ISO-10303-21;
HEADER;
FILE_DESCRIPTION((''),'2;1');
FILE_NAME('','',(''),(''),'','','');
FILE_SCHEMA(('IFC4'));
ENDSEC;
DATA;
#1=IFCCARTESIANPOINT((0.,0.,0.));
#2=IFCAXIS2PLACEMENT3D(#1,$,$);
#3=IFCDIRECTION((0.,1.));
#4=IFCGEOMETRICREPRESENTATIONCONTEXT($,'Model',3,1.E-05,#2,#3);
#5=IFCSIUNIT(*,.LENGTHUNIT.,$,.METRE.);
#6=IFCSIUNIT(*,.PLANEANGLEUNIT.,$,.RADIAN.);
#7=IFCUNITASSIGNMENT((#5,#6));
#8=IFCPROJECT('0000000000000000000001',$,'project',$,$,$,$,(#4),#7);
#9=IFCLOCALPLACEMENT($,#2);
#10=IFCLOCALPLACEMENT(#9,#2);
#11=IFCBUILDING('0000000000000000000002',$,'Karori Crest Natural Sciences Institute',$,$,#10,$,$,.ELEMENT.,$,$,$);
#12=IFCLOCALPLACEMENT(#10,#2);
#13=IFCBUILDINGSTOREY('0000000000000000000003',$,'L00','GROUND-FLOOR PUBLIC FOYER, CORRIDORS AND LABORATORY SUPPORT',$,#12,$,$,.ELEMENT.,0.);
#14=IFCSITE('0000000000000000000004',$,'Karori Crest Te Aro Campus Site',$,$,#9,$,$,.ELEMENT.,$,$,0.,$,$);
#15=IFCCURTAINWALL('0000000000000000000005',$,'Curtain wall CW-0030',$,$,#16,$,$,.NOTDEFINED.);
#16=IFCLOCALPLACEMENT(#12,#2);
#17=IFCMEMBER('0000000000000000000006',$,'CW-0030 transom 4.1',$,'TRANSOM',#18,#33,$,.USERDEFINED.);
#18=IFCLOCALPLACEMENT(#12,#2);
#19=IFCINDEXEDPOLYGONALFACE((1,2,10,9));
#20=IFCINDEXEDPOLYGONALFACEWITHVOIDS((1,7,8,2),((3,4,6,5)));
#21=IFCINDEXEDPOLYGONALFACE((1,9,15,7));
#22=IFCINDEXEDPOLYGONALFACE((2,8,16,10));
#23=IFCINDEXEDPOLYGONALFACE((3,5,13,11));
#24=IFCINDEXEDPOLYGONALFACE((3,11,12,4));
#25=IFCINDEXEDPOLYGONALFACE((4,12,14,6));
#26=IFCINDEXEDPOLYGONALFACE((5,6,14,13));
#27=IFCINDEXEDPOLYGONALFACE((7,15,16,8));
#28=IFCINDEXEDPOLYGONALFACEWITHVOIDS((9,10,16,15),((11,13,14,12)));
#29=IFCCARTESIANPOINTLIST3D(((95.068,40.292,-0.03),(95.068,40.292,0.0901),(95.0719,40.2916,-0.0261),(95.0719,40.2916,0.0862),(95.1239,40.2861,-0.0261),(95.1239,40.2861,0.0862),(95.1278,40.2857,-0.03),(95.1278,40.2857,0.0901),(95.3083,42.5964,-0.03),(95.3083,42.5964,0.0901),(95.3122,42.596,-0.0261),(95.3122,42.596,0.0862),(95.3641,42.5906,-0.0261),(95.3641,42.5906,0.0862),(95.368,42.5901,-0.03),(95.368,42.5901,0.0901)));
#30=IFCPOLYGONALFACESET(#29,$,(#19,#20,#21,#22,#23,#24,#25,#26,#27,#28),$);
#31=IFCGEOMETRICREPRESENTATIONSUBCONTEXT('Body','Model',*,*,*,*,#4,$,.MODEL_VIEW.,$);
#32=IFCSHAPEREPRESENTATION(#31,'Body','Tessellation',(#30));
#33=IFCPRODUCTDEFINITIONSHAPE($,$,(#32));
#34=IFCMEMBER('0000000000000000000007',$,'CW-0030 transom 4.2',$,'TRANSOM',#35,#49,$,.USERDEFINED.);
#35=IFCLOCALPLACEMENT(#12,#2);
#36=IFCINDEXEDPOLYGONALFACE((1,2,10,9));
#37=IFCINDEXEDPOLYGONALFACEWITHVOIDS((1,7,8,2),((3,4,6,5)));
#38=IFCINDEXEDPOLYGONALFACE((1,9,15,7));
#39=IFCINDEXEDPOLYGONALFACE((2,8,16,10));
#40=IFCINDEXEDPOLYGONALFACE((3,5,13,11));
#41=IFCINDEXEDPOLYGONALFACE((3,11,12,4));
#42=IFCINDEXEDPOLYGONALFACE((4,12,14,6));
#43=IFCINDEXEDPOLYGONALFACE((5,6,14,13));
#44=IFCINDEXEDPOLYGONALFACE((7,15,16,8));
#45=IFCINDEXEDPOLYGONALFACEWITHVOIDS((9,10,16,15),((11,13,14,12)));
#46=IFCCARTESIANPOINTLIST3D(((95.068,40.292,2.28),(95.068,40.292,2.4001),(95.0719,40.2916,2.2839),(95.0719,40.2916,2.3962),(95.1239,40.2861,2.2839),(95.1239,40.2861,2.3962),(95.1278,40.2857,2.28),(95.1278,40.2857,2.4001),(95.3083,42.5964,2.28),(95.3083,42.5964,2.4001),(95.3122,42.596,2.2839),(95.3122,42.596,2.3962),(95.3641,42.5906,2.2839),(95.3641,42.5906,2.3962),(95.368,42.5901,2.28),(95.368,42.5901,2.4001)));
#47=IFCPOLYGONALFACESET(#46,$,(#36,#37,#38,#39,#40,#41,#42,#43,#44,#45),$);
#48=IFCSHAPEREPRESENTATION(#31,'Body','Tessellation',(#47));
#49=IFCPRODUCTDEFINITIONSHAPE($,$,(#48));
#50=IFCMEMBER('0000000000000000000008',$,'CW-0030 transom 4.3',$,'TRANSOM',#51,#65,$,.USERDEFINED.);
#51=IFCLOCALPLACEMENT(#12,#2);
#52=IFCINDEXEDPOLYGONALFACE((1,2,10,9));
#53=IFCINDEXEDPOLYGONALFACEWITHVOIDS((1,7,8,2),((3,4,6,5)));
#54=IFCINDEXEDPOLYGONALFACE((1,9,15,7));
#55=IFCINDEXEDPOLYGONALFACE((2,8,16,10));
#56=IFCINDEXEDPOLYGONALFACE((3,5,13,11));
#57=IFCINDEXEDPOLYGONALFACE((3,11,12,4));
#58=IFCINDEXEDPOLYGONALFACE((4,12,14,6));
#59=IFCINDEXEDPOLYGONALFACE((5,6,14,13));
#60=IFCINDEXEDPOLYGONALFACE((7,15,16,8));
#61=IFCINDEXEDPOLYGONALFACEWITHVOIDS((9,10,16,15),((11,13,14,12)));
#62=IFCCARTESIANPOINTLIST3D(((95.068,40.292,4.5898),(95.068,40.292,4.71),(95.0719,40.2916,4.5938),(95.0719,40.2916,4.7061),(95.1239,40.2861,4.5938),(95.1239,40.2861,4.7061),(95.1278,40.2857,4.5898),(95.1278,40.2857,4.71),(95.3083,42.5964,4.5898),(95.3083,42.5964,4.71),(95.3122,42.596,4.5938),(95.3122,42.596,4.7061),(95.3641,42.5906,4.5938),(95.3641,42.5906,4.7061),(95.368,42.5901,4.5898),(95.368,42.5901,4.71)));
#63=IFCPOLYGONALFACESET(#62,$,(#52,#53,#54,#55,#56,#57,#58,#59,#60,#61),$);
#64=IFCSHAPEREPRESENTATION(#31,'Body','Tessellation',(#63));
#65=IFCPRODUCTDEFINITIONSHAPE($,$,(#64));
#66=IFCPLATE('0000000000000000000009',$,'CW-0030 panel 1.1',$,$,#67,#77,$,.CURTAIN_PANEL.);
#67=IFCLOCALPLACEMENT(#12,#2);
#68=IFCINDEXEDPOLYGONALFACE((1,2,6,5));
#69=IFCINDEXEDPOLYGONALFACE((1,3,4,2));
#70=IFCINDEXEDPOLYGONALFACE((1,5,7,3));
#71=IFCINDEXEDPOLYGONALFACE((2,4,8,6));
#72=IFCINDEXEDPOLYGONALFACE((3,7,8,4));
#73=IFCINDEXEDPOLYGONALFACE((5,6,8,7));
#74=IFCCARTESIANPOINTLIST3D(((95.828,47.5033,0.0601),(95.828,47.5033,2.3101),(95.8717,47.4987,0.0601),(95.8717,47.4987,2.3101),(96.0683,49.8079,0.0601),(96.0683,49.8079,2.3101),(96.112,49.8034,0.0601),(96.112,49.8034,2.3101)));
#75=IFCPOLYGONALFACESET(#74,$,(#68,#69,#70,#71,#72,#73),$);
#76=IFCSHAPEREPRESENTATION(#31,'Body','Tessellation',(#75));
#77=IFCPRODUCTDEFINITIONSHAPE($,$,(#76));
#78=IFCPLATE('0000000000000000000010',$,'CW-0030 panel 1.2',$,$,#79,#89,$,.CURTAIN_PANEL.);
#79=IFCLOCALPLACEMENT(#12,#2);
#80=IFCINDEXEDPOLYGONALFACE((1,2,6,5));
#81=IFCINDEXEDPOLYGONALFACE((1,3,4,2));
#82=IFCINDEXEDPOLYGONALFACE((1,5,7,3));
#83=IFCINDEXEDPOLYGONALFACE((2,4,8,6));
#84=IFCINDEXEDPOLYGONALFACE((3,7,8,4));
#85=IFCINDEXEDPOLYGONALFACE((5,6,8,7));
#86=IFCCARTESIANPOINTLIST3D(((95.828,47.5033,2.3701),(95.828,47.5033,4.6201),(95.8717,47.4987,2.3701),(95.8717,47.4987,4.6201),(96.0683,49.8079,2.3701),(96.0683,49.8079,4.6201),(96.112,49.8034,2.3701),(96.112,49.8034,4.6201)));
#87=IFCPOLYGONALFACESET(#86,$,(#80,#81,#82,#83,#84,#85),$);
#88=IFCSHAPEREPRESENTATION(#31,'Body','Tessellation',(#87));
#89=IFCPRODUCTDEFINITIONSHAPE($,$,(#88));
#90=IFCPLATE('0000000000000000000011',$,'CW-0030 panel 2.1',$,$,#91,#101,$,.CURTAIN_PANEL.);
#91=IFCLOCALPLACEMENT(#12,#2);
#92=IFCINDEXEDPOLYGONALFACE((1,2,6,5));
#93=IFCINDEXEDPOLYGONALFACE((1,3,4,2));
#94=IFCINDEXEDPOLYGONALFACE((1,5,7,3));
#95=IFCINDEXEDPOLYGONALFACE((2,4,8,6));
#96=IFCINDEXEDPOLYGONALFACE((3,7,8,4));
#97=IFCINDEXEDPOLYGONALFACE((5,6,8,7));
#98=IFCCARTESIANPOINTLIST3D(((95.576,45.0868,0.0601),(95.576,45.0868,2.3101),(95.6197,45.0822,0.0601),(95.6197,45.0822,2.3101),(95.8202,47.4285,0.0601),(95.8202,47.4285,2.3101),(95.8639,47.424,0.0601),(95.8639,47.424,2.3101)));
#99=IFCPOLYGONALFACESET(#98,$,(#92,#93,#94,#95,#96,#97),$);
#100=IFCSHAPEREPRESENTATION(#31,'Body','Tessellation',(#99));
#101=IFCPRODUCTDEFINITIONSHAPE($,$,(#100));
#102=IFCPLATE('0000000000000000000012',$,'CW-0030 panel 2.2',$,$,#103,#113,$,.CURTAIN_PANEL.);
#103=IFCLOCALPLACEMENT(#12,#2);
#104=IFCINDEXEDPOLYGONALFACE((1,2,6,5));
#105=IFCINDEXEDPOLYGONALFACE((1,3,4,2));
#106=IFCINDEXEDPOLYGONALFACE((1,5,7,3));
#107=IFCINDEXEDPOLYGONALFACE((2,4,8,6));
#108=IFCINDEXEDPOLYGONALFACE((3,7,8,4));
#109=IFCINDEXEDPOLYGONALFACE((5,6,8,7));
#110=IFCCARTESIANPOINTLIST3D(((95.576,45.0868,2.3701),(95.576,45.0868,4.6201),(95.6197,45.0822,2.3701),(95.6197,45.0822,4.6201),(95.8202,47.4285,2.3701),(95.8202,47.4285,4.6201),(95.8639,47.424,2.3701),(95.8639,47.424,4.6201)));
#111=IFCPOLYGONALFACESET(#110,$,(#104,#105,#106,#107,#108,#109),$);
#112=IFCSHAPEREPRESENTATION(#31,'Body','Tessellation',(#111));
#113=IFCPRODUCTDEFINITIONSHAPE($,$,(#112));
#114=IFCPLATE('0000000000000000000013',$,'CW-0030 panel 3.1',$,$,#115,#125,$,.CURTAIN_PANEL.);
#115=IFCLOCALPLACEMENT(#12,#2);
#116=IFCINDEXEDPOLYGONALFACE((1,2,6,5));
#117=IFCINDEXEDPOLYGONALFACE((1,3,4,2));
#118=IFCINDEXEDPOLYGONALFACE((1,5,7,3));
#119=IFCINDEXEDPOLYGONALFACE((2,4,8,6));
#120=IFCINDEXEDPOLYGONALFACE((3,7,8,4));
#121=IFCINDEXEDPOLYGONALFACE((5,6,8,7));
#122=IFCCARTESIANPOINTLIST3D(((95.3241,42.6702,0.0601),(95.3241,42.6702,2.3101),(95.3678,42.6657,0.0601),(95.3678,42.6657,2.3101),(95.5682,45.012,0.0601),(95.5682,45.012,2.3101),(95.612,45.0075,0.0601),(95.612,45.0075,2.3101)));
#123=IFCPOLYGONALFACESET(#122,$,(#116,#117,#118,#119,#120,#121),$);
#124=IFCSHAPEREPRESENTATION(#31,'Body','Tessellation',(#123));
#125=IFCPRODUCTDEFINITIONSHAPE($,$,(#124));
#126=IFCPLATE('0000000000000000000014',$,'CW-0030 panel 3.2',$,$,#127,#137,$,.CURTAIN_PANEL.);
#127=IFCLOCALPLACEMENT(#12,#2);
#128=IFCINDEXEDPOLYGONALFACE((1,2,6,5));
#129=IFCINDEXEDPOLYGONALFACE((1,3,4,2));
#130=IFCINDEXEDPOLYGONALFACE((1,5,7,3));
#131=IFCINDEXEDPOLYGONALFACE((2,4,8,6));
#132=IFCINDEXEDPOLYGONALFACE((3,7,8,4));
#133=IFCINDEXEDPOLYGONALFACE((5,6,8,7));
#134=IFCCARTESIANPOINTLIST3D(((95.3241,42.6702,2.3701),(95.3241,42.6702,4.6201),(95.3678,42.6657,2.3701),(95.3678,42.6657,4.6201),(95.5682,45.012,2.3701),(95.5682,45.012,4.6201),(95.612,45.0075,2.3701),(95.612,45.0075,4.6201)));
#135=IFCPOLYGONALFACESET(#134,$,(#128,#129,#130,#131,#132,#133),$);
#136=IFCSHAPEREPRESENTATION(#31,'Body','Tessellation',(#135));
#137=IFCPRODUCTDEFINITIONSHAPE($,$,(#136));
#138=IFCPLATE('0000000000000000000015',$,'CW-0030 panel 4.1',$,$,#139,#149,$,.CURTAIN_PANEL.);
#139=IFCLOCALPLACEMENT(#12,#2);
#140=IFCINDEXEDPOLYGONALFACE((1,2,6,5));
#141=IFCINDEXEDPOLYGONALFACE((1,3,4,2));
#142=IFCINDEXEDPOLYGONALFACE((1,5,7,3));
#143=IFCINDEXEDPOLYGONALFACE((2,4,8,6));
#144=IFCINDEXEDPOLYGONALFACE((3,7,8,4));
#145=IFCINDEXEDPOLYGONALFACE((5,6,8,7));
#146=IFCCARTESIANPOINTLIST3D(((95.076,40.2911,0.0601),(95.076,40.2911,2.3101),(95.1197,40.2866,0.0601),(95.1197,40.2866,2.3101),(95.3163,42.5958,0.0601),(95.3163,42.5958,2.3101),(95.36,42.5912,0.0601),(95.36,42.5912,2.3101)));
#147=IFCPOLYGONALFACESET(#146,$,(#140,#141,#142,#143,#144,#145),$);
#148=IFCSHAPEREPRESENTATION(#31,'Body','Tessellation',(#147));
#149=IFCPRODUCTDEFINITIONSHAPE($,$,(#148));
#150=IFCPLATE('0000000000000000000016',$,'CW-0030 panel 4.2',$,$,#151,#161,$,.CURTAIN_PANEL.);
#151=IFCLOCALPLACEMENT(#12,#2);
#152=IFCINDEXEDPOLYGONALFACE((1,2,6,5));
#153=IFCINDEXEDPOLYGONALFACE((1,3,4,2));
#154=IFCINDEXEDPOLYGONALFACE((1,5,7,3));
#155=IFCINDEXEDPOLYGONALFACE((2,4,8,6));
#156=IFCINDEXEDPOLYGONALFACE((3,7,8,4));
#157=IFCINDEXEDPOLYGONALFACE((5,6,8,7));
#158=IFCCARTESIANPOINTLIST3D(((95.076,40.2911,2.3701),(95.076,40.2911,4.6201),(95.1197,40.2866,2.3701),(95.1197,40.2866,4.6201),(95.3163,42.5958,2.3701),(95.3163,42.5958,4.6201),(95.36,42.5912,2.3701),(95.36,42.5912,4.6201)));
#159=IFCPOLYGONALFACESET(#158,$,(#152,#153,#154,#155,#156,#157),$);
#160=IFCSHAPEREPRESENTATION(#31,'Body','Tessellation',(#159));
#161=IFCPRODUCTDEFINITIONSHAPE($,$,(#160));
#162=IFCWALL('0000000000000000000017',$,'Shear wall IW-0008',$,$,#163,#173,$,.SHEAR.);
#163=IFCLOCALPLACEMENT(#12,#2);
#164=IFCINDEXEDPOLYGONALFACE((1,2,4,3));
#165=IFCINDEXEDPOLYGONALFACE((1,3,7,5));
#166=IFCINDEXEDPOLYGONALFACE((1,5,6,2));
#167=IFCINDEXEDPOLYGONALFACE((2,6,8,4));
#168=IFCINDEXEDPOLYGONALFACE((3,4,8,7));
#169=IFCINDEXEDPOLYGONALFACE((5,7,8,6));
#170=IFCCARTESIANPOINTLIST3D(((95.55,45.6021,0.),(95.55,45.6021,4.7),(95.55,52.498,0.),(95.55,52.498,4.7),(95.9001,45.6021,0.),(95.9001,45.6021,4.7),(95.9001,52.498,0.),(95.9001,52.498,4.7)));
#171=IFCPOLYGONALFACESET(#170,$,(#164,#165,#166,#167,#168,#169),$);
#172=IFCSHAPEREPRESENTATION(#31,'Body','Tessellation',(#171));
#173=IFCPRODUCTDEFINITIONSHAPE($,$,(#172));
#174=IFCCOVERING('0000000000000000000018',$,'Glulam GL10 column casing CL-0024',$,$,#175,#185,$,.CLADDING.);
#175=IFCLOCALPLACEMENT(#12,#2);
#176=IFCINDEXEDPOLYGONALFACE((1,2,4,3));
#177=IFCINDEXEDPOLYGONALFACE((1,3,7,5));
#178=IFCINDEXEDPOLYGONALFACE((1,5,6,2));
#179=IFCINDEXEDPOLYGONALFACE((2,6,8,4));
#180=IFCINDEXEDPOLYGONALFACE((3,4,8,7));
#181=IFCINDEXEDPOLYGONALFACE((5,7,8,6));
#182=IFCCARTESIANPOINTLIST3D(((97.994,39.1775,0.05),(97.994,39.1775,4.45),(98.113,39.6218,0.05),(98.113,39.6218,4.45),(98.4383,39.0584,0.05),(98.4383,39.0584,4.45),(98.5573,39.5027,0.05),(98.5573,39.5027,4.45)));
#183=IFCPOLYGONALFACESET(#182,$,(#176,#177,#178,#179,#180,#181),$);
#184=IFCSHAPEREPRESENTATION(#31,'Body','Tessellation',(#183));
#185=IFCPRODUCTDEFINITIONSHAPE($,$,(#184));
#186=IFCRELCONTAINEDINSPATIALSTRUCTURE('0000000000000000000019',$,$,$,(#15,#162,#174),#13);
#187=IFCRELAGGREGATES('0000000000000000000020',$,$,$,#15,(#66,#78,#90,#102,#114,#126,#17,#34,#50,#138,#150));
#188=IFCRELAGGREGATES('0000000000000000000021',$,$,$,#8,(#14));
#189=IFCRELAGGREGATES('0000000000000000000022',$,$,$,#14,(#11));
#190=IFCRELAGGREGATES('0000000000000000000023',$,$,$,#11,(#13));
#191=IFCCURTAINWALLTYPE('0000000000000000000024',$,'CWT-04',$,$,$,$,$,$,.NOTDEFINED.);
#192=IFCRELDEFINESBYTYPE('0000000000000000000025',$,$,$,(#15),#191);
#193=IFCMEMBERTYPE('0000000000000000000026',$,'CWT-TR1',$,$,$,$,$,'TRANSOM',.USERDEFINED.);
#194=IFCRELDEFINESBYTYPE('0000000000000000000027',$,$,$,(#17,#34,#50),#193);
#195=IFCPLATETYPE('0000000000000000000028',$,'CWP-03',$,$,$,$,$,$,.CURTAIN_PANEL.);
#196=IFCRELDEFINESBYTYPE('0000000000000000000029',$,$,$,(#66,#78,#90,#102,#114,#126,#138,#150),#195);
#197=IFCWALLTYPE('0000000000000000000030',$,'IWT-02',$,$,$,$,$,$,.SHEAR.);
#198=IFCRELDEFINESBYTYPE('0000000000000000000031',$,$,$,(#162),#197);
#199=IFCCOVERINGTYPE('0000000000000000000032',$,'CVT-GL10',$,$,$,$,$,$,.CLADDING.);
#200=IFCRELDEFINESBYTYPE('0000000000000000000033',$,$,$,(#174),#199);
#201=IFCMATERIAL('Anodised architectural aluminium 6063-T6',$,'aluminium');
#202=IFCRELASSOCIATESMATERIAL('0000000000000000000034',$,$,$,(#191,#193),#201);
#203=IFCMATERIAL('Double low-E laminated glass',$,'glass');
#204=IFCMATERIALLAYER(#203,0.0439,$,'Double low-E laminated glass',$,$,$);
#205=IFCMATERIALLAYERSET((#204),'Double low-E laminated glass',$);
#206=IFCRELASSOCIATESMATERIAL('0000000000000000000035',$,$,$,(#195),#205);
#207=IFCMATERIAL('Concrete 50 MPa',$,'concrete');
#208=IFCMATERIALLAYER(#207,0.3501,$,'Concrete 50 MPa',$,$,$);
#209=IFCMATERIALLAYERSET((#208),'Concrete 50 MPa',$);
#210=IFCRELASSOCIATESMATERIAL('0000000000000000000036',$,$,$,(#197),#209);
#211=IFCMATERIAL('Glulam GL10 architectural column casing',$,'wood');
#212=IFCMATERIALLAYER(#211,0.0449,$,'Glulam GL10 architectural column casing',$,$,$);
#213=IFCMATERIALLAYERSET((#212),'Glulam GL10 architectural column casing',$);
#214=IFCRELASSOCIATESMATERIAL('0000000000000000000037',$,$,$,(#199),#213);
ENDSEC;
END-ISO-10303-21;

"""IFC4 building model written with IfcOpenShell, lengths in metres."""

from ifc_helpers import new_model, si_unit, direction, frame, frame_2d, origin, origin_2d, place, context, subcontext, project, spatial, rectangle, hollow_rectangle, extrude, material, layer, layer_set, material_profile, profile_set, type_object, element, aggregate, save


model = new_model("IFC4")

# Units and contexts
model_context = context("Model", 3, precision=1e-05, world=origin(), true_north=direction((0.0, 1.0)))
body_context = subcontext(model_context, "Body", "Model", "MODEL_VIEW")
ifc_project = project(units=[si_unit("LENGTHUNIT", "METRE"), si_unit("PLANEANGLEUNIT", "RADIAN")], contexts=[model_context])

# Site, building, storey
site_placement = place(None, origin())
site = spatial("IfcSite", under=ifc_project, at=site_placement, Name="Karori Crest Te Aro Campus Site", CompositionType="ELEMENT", RefElevation=0.0)
building_placement = place(site_placement, origin())
building = spatial("IfcBuilding", under=site, at=building_placement, Name="Karori Crest Natural Sciences Institute", CompositionType="ELEMENT")
storey_placement = place(building_placement, origin())
storey = spatial("IfcBuildingStorey", under=building, at=storey_placement, Name="L00", Description="GROUND-FLOOR PUBLIC FOYER, CORRIDORS AND LABORATORY SUPPORT", CompositionType="ELEMENT", Elevation=0.0)

# Curtain wall, members, plates
ifc_material_1 = material(Name="Anodised architectural aluminium 6063-T6", Category="aluminium")
curtain_wall_type = type_object("IfcCurtainWallType", Name="CWT-04", PredefinedType="NOTDEFINED", material=ifc_material_1)
curtain_wall_placement = place(storey_placement, origin())
curtain_wall = element("IfcCurtainWall", 1, at=curtain_wall_placement, inside=storey, type_object=curtain_wall_type, Name="Curtain wall CW-0030", PredefinedType="NOTDEFINED")
ifc_material_profile_1 = material_profile(ifc_material_1, hollow_rectangle(XDim=0.0601, YDim=0.1201, WallThickness=0.0039, at=origin_2d()), Name="CWT120x60x4")
ifc_profile_set_1 = profile_set([ifc_material_profile_1], Name="Anodised architectural aluminium 6063-T6")
member_type_1 = type_object("IfcMemberType", Name="CWT-TR1", ElementType="TRANSOM", PredefinedType="USERDEFINED", material=ifc_profile_set_1)
member_1_placement = place(storey_placement, frame((95.3381, 42.5933, 0.03), z_axis=(-0.103686, -0.99461, 0.0), x_axis=(0.99461, -0.103686, 0.0)))
member_1 = element("IfcMember", 2, at=member_1_placement, type_object=member_type_1, Name="CW-0030 transom 4.1", ObjectType="TRANSOM", PredefinedType="USERDEFINED", context=body_context, shape_type="SweptSolid", body=[
    extrude(hollow_rectangle(XDim=0.0601, YDim=0.1201, WallThickness=0.0039, at=origin_2d()), origin(), (0.0, 0.0, 1.0), 2.3169),
])
member_2_placement = place(storey_placement, frame((95.3381, 42.5933, 2.3401), z_axis=(-0.103686, -0.99461, 0.0), x_axis=(0.99461, -0.103686, 0.0)))
member_2 = element("IfcMember", 3, at=member_2_placement, type_object=member_type_1, Name="CW-0030 transom 4.2", ObjectType="TRANSOM", PredefinedType="USERDEFINED", context=body_context, shape_type="SweptSolid", body=[
    extrude(hollow_rectangle(XDim=0.0601, YDim=0.1201, WallThickness=0.0039, at=origin_2d()), origin(), (0.0, 0.0, 1.0), 2.3169),
])
member_3_placement = place(storey_placement, frame((95.3381, 42.5933, 4.6499), z_axis=(-0.103686, -0.99461, 0.0), x_axis=(0.99461, -0.103686, 0.0)))
member_3 = element("IfcMember", 4, at=member_3_placement, type_object=member_type_1, Name="CW-0030 transom 4.3", ObjectType="TRANSOM", PredefinedType="USERDEFINED", context=body_context, shape_type="SweptSolid", body=[
    extrude(hollow_rectangle(XDim=0.0601, YDim=0.1201, WallThickness=0.0039, at=origin_2d()), origin(), (0.0, 0.0, 1.0), 2.3169),
])
ifc_material_2 = material(Name="Double low-E laminated glass", Category="glass")
ifc_layer_1 = layer(ifc_material_2, 0.0439, Name="Double low-E laminated glass")
ifc_layer_set_1 = layer_set([ifc_layer_1], Name="Double low-E laminated glass")
plate_type = type_object("IfcPlateType", Name="CWP-03", PredefinedType="CURTAIN_PANEL", material=ifc_layer_set_1)
plate_1_placement = place(storey_placement, frame((95.97, 48.6533, 0.0601), z_axis=(0.0, 0.0, 1.0), x_axis=(-0.103701, -0.994608, 0.0)))
plate_1 = element("IfcPlate", 5, at=plate_1_placement, type_object=plate_type, Name="CW-0030 panel 1.1", PredefinedType="CURTAIN_PANEL", context=body_context, shape_type="SweptSolid", body=[
    extrude(rectangle(XDim=2.3171, YDim=0.0439, at=origin_2d()), origin(), (0.0, 0.0, 1.0), 2.25),
])
plate_2_placement = place(storey_placement, frame((95.97, 48.6533, 2.3701), z_axis=(0.0, 0.0, 1.0), x_axis=(-0.103701, -0.994608, 0.0)))
plate_2 = element("IfcPlate", 6, at=plate_2_placement, type_object=plate_type, Name="CW-0030 panel 1.2", PredefinedType="CURTAIN_PANEL", context=body_context, shape_type="SweptSolid", body=[
    extrude(rectangle(XDim=2.3171, YDim=0.0439, at=origin_2d()), origin(), (0.0, 0.0, 1.0), 2.25),
])
plate_3_placement = place(storey_placement, frame((95.72, 46.2554, 0.0601), z_axis=(0.0, 0.0, 1.0), x_axis=(-0.103701, -0.994608, 0.0)))
plate_3 = element("IfcPlate", 7, at=plate_3_placement, type_object=plate_type, Name="CW-0030 panel 2.1", PredefinedType="CURTAIN_PANEL", context=body_context, shape_type="SweptSolid", body=[
    extrude(rectangle(XDim=2.3545, YDim=0.0439, at=origin_2d()), origin(), (0.0, 0.0, 1.0), 2.25),
])
plate_4_placement = place(storey_placement, frame((95.72, 46.2554, 2.3701), z_axis=(0.0, 0.0, 1.0), x_axis=(-0.103701, -0.994608, 0.0)))
plate_4 = element("IfcPlate", 8, at=plate_4_placement, type_object=plate_type, Name="CW-0030 panel 2.2", PredefinedType="CURTAIN_PANEL", context=body_context, shape_type="SweptSolid", body=[
    extrude(rectangle(XDim=2.3545, YDim=0.0439, at=origin_2d()), origin(), (0.0, 0.0, 1.0), 2.25),
])
plate_5_placement = place(storey_placement, frame((95.468, 43.8389, 0.0601), z_axis=(0.0, 0.0, 1.0), x_axis=(-0.103701, -0.994608, 0.0)))
plate_5 = element("IfcPlate", 9, at=plate_5_placement, type_object=plate_type, Name="CW-0030 panel 3.1", PredefinedType="CURTAIN_PANEL", context=body_context, shape_type="SweptSolid", body=[
    extrude(rectangle(XDim=2.3545, YDim=0.0439, at=origin_2d()), origin(), (0.0, 0.0, 1.0), 2.25),
])
plate_6_placement = place(storey_placement, frame((95.468, 43.8389, 2.3701), z_axis=(0.0, 0.0, 1.0), x_axis=(-0.103701, -0.994608, 0.0)))
plate_6 = element("IfcPlate", 10, at=plate_6_placement, type_object=plate_type, Name="CW-0030 panel 3.2", PredefinedType="CURTAIN_PANEL", context=body_context, shape_type="SweptSolid", body=[
    extrude(rectangle(XDim=2.3545, YDim=0.0439, at=origin_2d()), origin(), (0.0, 0.0, 1.0), 2.25),
])
plate_7_placement = place(storey_placement, frame((95.218, 41.4412, 0.0601), z_axis=(0.0, 0.0, 1.0), x_axis=(-0.103701, -0.994608, 0.0)))
plate_7 = element("IfcPlate", 11, at=plate_7_placement, type_object=plate_type, Name="CW-0030 panel 4.1", PredefinedType="CURTAIN_PANEL", context=body_context, shape_type="SweptSolid", body=[
    extrude(rectangle(XDim=2.3171, YDim=0.0439, at=origin_2d()), origin(), (0.0, 0.0, 1.0), 2.25),
])
plate_8_placement = place(storey_placement, frame((95.218, 41.4412, 2.3701), z_axis=(0.0, 0.0, 1.0), x_axis=(-0.103701, -0.994608, 0.0)))
plate_8 = element("IfcPlate", 12, at=plate_8_placement, type_object=plate_type, Name="CW-0030 panel 4.2", PredefinedType="CURTAIN_PANEL", context=body_context, shape_type="SweptSolid", body=[
    extrude(rectangle(XDim=2.3171, YDim=0.0439, at=origin_2d()), origin(), (0.0, 0.0, 1.0), 2.25),
])
aggregate(curtain_wall, [plate_1, plate_2, plate_3, plate_4, plate_5, plate_6, member_1, member_2, member_3, plate_7, plate_8])

# Wall
ifc_material_3 = material(Name="Concrete 50 MPa", Category="concrete")
ifc_layer_2 = layer(ifc_material_3, 0.3501, Name="Concrete 50 MPa")
ifc_layer_set_2 = layer_set([ifc_layer_2], Name="Concrete 50 MPa")
wall_type = type_object("IfcWallType", Name="IWT-02", PredefinedType="SHEAR", material=ifc_layer_set_2)
wall_placement = place(storey_placement, frame((95.7251, 45.6021, 0.0), z_axis=(0.0, 0.0, 1.0), x_axis=(0.0, 1.0, 0.0)))
element("IfcWall", 13, at=wall_placement, inside=storey, type_object=wall_type, Name="Shear wall IW-0008", PredefinedType="SHEAR", context=body_context, shape_type="SweptSolid", body=[
    extrude(rectangle(XDim=6.896, YDim=0.3501, at=frame_2d((3.448, 0.0))), origin(), (0.0, 0.0, 1.0), 4.7),
])

# Covering
ifc_material_4 = material(Name="Glulam GL10 architectural column casing", Category="wood")
ifc_layer_3 = layer(ifc_material_4, 0.0449, Name="Glulam GL10 architectural column casing")
ifc_layer_set_3 = layer_set([ifc_layer_3], Name="Glulam GL10 architectural column casing")
covering_type = type_object("IfcCoveringType", Name="CVT-GL10", PredefinedType="CLADDING", material=ifc_layer_set_3)
covering_placement = place(storey_placement, frame((98.2756, 39.3401, 0.05), z_axis=(0.0, 0.0, 1.0), x_axis=(0.965926, -0.258819, 0.0)))
element("IfcCovering", 14, at=covering_placement, inside=storey, type_object=covering_type, Name="Glulam GL10 column casing CL-0024", PredefinedType="CLADDING", context=body_context, shape_type="SweptSolid", body=[
    extrude(rectangle(XDim=0.46, YDim=0.46, at=origin_2d()), origin(), (0.0, 0.0, 1.0), 4.3999),
])

save(model, "model.ifc")
